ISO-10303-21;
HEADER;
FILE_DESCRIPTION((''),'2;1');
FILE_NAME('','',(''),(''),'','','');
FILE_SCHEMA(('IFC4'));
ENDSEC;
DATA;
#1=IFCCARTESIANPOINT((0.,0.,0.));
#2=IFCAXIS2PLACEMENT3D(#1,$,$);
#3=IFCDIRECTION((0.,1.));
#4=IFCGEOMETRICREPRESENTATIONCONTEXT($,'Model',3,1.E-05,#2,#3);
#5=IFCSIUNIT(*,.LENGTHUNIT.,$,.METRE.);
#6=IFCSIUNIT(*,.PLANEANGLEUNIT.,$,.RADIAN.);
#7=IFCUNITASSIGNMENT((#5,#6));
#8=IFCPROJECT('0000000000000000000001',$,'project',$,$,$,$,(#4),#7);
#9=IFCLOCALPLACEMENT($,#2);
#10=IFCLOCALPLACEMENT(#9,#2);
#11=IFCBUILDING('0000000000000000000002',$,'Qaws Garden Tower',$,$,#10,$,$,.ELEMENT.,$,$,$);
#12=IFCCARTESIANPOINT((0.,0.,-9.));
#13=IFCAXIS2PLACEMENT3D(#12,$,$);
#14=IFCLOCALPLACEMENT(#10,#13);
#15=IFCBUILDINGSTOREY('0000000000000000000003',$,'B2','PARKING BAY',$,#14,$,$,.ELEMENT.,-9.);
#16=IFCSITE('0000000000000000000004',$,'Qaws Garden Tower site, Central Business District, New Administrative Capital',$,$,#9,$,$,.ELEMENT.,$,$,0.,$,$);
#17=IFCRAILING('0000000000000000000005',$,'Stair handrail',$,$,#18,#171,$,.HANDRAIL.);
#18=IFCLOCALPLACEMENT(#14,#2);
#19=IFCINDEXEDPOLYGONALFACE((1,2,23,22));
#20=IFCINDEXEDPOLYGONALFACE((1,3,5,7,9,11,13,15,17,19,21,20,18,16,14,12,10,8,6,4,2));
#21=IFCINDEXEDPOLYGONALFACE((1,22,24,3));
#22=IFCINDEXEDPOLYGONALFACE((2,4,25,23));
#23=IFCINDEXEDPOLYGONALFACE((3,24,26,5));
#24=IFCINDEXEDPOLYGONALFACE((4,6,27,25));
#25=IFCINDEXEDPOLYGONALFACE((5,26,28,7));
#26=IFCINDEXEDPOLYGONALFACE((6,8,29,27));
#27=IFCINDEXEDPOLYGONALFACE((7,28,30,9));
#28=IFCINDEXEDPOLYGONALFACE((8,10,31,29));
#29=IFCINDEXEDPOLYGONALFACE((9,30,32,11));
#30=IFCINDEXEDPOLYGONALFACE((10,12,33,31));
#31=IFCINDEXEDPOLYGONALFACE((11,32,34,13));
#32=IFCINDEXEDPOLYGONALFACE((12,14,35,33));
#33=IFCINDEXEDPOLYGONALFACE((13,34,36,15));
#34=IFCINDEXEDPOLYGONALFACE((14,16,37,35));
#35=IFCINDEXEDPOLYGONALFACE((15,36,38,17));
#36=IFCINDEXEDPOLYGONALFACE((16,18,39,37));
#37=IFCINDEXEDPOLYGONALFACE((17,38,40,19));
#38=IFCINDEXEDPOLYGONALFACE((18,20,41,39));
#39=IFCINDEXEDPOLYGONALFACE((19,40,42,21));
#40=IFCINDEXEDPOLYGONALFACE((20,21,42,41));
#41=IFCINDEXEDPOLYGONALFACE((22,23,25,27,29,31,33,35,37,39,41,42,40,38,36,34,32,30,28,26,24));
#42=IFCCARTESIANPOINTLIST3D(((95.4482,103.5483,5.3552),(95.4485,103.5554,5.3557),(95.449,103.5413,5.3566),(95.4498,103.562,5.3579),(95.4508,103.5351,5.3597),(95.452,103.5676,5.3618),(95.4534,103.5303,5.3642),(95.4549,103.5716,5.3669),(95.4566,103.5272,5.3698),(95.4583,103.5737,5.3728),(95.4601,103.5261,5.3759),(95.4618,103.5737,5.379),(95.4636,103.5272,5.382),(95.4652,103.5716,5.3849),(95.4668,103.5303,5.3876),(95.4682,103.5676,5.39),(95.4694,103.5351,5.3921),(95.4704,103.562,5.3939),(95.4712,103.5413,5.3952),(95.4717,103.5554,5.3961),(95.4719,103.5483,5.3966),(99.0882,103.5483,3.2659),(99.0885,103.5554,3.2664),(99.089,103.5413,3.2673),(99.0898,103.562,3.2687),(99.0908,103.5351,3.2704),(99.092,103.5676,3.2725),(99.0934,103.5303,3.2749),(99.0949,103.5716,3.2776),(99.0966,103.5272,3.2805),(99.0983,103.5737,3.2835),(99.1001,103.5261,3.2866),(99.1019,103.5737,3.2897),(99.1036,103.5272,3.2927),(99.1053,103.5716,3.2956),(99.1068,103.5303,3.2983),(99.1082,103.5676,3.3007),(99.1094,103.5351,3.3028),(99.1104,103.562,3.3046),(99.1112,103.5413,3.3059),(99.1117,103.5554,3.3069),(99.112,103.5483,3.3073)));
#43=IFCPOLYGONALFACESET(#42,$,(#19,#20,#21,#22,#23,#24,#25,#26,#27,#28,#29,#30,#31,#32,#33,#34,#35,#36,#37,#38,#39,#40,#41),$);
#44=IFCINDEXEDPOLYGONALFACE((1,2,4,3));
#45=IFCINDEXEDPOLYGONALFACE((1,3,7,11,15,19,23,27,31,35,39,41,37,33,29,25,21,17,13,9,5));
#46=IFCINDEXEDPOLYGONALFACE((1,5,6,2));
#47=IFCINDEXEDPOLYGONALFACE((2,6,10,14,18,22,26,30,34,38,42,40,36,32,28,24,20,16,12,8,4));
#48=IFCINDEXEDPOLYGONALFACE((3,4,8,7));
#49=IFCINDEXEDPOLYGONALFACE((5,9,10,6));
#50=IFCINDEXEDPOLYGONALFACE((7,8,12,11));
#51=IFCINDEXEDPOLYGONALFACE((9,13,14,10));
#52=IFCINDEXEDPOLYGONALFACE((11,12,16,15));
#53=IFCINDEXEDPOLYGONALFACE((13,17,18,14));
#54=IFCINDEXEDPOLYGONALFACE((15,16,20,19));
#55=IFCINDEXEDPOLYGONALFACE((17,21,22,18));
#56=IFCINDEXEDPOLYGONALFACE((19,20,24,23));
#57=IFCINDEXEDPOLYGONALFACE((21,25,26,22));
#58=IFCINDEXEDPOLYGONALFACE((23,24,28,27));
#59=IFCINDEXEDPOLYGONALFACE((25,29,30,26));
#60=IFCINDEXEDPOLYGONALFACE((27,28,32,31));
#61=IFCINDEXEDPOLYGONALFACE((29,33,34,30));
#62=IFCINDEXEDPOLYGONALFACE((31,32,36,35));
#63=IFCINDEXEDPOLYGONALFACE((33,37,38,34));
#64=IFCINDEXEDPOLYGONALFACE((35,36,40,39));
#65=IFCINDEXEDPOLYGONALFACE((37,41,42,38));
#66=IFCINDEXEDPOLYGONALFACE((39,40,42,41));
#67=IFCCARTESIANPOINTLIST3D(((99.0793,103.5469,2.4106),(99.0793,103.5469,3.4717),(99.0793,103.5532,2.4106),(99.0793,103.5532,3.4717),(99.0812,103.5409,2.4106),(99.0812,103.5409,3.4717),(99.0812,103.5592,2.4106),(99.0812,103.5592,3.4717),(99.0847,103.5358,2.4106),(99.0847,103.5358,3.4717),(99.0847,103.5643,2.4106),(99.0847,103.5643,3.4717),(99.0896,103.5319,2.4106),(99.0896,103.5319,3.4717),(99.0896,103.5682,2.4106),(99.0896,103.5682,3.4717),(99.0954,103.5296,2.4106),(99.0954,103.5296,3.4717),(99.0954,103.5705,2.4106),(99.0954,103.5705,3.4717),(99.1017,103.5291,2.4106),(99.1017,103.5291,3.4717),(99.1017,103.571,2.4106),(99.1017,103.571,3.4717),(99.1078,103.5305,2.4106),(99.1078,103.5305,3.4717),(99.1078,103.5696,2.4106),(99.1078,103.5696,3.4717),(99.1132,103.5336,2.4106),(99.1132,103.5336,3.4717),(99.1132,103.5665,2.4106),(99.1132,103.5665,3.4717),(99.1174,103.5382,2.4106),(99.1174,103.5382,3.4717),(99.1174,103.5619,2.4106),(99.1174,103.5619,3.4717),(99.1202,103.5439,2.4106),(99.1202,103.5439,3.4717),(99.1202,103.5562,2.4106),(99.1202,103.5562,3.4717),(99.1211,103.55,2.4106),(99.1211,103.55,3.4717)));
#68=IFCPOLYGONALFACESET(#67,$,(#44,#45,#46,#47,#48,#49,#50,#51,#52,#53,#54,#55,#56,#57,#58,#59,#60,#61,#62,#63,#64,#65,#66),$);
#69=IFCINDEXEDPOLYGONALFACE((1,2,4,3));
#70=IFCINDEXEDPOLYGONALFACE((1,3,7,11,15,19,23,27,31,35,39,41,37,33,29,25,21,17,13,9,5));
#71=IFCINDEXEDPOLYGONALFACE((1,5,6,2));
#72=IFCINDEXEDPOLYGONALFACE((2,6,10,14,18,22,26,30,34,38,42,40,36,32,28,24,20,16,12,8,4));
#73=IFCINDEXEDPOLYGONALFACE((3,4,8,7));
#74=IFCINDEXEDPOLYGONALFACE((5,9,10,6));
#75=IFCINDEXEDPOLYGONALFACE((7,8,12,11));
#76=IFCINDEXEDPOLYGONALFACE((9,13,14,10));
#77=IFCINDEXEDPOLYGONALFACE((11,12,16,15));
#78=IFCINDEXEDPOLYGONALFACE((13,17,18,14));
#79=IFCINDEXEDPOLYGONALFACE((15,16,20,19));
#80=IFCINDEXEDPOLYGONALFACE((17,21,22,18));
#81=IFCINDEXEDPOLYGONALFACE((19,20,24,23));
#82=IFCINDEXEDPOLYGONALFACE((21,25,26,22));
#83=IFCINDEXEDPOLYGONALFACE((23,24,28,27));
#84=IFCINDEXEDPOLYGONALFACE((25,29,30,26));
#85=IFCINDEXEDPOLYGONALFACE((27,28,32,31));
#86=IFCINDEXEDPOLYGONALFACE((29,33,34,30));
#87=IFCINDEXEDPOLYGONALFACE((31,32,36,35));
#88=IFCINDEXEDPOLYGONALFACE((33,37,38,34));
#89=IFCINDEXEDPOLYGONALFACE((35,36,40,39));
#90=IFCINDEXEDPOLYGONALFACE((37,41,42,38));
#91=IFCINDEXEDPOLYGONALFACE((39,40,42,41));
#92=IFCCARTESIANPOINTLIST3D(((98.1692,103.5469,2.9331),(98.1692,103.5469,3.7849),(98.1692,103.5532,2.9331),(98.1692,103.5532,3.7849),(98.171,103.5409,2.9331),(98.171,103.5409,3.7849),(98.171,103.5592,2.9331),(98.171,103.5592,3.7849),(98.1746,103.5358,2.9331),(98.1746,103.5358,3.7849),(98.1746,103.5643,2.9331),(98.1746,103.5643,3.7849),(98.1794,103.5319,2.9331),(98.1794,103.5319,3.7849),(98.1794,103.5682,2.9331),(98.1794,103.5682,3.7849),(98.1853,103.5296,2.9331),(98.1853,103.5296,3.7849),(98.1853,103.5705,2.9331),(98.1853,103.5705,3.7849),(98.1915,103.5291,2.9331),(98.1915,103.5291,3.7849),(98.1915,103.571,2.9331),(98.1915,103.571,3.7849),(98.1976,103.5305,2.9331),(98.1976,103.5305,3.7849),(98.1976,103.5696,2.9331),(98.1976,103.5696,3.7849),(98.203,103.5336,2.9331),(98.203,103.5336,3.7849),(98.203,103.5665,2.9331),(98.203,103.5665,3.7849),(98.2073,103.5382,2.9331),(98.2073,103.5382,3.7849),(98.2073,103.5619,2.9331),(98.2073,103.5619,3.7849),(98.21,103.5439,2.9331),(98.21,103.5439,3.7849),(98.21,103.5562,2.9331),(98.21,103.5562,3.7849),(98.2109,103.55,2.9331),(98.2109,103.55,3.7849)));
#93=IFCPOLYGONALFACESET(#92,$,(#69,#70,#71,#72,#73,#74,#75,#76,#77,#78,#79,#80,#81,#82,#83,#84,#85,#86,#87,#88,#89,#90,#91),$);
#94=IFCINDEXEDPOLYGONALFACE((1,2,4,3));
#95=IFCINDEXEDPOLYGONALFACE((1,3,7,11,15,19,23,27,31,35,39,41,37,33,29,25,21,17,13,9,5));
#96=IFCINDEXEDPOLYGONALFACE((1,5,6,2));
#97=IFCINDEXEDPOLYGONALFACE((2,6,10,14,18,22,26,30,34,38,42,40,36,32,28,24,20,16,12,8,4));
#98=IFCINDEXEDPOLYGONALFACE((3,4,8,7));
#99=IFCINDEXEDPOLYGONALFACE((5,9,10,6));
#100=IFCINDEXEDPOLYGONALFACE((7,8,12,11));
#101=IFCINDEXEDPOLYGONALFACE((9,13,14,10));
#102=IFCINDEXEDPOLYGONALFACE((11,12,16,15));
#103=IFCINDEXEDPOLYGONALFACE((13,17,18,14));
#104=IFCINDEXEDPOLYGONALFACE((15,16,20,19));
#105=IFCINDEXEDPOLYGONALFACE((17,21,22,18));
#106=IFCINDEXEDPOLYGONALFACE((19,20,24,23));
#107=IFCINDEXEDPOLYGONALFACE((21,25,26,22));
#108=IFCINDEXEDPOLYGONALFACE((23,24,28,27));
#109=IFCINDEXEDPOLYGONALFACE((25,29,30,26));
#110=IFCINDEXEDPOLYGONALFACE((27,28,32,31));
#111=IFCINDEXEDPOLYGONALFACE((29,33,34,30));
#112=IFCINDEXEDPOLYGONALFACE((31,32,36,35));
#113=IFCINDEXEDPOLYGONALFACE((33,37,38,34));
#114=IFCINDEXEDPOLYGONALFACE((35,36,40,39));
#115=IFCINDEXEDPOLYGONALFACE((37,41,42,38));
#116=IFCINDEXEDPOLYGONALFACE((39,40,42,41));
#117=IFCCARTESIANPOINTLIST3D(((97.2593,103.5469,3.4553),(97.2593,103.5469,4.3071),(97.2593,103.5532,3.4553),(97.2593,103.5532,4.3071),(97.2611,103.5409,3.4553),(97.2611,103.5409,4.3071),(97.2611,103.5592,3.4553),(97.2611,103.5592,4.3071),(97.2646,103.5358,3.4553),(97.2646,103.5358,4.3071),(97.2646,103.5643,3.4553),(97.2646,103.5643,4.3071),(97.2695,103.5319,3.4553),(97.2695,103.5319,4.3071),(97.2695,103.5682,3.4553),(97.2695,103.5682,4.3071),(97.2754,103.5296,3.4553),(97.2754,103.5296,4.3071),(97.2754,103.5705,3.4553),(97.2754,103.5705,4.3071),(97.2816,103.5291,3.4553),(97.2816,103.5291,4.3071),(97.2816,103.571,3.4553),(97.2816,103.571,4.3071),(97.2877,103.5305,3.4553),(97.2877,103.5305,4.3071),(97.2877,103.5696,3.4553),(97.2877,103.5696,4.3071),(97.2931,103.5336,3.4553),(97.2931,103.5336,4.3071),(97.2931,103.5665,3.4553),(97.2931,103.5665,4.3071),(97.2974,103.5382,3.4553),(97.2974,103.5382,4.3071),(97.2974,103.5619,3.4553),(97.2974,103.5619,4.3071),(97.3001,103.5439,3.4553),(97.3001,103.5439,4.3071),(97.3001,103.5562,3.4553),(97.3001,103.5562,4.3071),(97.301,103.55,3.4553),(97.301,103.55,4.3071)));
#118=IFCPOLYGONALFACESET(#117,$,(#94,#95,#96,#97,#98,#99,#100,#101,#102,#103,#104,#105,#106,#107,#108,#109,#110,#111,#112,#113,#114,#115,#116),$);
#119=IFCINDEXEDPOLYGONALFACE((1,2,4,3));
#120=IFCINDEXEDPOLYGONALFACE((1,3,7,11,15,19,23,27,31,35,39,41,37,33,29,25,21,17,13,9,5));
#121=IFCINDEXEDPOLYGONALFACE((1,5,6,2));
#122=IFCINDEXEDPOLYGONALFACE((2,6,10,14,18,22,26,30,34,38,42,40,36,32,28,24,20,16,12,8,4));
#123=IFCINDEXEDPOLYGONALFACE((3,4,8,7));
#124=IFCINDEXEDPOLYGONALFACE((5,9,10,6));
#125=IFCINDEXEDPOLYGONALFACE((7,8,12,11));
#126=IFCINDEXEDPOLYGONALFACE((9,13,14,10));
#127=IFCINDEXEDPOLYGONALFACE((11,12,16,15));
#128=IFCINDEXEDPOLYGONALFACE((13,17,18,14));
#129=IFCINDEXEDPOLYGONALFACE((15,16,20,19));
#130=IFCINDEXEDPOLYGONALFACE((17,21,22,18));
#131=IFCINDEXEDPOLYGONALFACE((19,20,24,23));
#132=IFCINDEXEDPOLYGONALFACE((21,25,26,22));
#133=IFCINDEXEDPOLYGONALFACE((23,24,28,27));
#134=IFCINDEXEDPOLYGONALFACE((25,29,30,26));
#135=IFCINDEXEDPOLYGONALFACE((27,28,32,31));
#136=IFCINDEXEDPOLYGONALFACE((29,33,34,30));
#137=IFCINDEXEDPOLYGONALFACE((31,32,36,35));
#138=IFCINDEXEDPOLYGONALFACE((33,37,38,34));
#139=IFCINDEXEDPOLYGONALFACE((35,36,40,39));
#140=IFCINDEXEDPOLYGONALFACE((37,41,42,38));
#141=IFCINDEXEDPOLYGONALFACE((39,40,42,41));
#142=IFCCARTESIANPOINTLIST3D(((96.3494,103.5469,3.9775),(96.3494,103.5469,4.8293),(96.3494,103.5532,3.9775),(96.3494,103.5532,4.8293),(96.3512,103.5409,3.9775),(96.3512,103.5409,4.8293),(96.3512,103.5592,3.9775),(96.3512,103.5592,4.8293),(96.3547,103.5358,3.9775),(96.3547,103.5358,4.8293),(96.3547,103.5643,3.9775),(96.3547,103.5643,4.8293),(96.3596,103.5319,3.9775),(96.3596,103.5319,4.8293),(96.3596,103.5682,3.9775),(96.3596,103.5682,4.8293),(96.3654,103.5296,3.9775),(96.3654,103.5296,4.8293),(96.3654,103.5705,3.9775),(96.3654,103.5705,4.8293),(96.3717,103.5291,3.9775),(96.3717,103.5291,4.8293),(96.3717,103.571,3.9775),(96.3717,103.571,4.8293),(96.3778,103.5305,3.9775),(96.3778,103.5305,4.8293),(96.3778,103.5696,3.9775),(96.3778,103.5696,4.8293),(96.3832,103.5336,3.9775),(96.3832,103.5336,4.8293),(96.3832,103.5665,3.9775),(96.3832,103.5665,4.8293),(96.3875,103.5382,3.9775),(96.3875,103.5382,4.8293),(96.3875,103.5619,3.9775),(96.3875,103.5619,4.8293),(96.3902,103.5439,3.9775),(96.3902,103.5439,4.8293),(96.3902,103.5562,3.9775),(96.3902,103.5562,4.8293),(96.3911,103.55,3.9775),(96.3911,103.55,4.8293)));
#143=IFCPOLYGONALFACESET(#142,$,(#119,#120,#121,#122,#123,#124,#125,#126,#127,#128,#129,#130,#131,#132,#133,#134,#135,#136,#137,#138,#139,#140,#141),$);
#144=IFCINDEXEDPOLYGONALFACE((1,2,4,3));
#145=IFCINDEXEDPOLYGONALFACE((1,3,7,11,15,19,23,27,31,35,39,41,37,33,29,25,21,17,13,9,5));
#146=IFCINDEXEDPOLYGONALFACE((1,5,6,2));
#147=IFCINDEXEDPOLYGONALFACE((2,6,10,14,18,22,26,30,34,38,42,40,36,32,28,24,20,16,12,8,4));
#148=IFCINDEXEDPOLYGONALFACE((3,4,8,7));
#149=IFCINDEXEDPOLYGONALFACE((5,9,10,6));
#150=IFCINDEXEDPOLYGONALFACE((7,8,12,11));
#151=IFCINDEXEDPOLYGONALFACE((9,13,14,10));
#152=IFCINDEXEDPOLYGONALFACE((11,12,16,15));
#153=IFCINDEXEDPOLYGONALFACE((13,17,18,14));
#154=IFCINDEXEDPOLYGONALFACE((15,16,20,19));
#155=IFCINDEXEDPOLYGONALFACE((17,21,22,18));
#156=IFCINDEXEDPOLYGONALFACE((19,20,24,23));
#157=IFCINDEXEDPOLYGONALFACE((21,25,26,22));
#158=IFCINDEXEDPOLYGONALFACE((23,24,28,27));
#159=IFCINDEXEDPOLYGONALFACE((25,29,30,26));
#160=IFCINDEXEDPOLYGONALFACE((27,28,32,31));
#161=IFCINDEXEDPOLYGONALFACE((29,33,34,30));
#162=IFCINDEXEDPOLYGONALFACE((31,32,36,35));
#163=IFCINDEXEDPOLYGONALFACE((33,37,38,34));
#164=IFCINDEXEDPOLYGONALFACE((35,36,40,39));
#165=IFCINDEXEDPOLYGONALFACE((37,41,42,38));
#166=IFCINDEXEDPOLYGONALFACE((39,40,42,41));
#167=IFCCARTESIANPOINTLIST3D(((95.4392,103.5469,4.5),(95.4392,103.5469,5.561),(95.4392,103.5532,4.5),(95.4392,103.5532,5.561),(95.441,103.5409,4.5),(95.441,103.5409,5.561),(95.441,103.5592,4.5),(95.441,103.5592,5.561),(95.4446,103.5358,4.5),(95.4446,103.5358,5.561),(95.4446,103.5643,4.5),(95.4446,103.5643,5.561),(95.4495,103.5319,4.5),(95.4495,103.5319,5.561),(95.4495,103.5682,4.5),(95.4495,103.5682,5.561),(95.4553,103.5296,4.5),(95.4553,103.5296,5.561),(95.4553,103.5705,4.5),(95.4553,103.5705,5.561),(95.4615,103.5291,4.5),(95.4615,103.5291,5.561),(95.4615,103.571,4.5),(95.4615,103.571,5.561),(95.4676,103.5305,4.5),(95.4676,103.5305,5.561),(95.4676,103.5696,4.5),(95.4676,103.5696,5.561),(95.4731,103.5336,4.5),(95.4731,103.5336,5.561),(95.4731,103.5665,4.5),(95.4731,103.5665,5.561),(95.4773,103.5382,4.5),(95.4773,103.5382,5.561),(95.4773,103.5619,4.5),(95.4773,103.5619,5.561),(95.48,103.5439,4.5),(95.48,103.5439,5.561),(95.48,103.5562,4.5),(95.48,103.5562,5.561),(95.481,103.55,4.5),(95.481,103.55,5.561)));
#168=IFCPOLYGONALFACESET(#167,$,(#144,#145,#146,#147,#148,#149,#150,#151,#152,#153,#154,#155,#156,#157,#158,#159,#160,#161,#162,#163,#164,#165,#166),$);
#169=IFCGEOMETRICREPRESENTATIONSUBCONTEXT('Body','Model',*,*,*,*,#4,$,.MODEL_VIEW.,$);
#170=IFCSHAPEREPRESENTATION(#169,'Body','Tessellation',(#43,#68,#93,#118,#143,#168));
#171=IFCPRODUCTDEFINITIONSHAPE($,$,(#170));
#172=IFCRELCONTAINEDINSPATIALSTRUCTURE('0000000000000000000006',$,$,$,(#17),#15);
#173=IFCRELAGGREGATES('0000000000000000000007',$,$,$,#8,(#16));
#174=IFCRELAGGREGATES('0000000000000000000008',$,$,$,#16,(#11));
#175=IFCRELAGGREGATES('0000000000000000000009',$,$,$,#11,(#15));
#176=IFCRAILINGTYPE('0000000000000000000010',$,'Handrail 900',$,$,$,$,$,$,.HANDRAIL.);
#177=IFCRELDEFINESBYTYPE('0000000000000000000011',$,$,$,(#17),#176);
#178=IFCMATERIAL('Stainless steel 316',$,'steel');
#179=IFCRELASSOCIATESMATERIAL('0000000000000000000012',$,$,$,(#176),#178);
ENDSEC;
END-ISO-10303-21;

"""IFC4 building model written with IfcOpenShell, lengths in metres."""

from ifc_helpers import new_model, si_unit, direction, frame, origin, origin_2d, place, context, subcontext, project, spatial, circle, extrude, material, type_object, element, save


model = new_model("IFC4")

# Units and contexts
model_context = context("Model", 3, precision=1e-05, world=origin(), true_north=direction((0.0, 1.0)))
body_context = subcontext(model_context, "Body", "Model", "MODEL_VIEW")
ifc_project = project(units=[si_unit("LENGTHUNIT", "METRE"), si_unit("PLANEANGLEUNIT", "RADIAN")], contexts=[model_context])

# Site, building, storey
site_placement = place(None, origin())
site = spatial("IfcSite", under=ifc_project, at=site_placement, Name="Qaws Garden Tower site, Central Business District, New Administrative Capital", CompositionType="ELEMENT", RefElevation=0.0)
building_placement = place(site_placement, origin())
building = spatial("IfcBuilding", under=site, at=building_placement, Name="Qaws Garden Tower", CompositionType="ELEMENT")
storey_placement = place(building_placement, frame((0.0, 0.0, -9.0)))
storey = spatial("IfcBuildingStorey", under=building, at=storey_placement, Name="B2", Description="PARKING BAY", CompositionType="ELEMENT", Elevation=-9.0)

# Railing
ifc_material_1 = material(Name="Stainless steel 316", Category="steel")
railing_type_1 = type_object("IfcRailingType", Name="Handrail 900", PredefinedType="HANDRAIL", material=ifc_material_1)
for number, where, name in (
    (1, (99.1001, 103.55, 2.4106), "Stair handrail"),
):
    element("IfcRailing", number, at=place(storey_placement, frame(where)), inside=storey, type_object=railing_type_1, Name=name, PredefinedType="HANDRAIL", context=body_context, shape_type="SweptSolid", body=[
        extrude(circle(Radius=0.0239, at=origin_2d()), frame((0.0, 0.0, 0.876), z_axis=(-0.867289, 0.0, 0.497804), x_axis=(0.0, -1.0, 0.0)), (0.0, 0.0, 1.0), 4.197),
        extrude(circle(Radius=0.021, at=origin_2d()), origin(), (0.0, 0.0, 1.0), 1.061),
        extrude(circle(Radius=0.021, at=origin_2d()), frame((-0.9102, 0.0, 0.5225)), (0.0, 0.0, 1.0), 0.8518),
        extrude(circle(Radius=0.021, at=origin_2d()), frame((-1.8201, 0.0, 1.0447)), (0.0, 0.0, 1.0), 0.8518),
        extrude(circle(Radius=0.021, at=origin_2d()), frame((-2.73, 0.0, 1.5669)), (0.0, 0.0, 1.0), 0.8518),
        extrude(circle(Radius=0.021, at=origin_2d()), frame((-3.6401, 0.0, 2.0894)), (0.0, 0.0, 1.0), 1.061),
    ])

save(model, "model.ifc")
